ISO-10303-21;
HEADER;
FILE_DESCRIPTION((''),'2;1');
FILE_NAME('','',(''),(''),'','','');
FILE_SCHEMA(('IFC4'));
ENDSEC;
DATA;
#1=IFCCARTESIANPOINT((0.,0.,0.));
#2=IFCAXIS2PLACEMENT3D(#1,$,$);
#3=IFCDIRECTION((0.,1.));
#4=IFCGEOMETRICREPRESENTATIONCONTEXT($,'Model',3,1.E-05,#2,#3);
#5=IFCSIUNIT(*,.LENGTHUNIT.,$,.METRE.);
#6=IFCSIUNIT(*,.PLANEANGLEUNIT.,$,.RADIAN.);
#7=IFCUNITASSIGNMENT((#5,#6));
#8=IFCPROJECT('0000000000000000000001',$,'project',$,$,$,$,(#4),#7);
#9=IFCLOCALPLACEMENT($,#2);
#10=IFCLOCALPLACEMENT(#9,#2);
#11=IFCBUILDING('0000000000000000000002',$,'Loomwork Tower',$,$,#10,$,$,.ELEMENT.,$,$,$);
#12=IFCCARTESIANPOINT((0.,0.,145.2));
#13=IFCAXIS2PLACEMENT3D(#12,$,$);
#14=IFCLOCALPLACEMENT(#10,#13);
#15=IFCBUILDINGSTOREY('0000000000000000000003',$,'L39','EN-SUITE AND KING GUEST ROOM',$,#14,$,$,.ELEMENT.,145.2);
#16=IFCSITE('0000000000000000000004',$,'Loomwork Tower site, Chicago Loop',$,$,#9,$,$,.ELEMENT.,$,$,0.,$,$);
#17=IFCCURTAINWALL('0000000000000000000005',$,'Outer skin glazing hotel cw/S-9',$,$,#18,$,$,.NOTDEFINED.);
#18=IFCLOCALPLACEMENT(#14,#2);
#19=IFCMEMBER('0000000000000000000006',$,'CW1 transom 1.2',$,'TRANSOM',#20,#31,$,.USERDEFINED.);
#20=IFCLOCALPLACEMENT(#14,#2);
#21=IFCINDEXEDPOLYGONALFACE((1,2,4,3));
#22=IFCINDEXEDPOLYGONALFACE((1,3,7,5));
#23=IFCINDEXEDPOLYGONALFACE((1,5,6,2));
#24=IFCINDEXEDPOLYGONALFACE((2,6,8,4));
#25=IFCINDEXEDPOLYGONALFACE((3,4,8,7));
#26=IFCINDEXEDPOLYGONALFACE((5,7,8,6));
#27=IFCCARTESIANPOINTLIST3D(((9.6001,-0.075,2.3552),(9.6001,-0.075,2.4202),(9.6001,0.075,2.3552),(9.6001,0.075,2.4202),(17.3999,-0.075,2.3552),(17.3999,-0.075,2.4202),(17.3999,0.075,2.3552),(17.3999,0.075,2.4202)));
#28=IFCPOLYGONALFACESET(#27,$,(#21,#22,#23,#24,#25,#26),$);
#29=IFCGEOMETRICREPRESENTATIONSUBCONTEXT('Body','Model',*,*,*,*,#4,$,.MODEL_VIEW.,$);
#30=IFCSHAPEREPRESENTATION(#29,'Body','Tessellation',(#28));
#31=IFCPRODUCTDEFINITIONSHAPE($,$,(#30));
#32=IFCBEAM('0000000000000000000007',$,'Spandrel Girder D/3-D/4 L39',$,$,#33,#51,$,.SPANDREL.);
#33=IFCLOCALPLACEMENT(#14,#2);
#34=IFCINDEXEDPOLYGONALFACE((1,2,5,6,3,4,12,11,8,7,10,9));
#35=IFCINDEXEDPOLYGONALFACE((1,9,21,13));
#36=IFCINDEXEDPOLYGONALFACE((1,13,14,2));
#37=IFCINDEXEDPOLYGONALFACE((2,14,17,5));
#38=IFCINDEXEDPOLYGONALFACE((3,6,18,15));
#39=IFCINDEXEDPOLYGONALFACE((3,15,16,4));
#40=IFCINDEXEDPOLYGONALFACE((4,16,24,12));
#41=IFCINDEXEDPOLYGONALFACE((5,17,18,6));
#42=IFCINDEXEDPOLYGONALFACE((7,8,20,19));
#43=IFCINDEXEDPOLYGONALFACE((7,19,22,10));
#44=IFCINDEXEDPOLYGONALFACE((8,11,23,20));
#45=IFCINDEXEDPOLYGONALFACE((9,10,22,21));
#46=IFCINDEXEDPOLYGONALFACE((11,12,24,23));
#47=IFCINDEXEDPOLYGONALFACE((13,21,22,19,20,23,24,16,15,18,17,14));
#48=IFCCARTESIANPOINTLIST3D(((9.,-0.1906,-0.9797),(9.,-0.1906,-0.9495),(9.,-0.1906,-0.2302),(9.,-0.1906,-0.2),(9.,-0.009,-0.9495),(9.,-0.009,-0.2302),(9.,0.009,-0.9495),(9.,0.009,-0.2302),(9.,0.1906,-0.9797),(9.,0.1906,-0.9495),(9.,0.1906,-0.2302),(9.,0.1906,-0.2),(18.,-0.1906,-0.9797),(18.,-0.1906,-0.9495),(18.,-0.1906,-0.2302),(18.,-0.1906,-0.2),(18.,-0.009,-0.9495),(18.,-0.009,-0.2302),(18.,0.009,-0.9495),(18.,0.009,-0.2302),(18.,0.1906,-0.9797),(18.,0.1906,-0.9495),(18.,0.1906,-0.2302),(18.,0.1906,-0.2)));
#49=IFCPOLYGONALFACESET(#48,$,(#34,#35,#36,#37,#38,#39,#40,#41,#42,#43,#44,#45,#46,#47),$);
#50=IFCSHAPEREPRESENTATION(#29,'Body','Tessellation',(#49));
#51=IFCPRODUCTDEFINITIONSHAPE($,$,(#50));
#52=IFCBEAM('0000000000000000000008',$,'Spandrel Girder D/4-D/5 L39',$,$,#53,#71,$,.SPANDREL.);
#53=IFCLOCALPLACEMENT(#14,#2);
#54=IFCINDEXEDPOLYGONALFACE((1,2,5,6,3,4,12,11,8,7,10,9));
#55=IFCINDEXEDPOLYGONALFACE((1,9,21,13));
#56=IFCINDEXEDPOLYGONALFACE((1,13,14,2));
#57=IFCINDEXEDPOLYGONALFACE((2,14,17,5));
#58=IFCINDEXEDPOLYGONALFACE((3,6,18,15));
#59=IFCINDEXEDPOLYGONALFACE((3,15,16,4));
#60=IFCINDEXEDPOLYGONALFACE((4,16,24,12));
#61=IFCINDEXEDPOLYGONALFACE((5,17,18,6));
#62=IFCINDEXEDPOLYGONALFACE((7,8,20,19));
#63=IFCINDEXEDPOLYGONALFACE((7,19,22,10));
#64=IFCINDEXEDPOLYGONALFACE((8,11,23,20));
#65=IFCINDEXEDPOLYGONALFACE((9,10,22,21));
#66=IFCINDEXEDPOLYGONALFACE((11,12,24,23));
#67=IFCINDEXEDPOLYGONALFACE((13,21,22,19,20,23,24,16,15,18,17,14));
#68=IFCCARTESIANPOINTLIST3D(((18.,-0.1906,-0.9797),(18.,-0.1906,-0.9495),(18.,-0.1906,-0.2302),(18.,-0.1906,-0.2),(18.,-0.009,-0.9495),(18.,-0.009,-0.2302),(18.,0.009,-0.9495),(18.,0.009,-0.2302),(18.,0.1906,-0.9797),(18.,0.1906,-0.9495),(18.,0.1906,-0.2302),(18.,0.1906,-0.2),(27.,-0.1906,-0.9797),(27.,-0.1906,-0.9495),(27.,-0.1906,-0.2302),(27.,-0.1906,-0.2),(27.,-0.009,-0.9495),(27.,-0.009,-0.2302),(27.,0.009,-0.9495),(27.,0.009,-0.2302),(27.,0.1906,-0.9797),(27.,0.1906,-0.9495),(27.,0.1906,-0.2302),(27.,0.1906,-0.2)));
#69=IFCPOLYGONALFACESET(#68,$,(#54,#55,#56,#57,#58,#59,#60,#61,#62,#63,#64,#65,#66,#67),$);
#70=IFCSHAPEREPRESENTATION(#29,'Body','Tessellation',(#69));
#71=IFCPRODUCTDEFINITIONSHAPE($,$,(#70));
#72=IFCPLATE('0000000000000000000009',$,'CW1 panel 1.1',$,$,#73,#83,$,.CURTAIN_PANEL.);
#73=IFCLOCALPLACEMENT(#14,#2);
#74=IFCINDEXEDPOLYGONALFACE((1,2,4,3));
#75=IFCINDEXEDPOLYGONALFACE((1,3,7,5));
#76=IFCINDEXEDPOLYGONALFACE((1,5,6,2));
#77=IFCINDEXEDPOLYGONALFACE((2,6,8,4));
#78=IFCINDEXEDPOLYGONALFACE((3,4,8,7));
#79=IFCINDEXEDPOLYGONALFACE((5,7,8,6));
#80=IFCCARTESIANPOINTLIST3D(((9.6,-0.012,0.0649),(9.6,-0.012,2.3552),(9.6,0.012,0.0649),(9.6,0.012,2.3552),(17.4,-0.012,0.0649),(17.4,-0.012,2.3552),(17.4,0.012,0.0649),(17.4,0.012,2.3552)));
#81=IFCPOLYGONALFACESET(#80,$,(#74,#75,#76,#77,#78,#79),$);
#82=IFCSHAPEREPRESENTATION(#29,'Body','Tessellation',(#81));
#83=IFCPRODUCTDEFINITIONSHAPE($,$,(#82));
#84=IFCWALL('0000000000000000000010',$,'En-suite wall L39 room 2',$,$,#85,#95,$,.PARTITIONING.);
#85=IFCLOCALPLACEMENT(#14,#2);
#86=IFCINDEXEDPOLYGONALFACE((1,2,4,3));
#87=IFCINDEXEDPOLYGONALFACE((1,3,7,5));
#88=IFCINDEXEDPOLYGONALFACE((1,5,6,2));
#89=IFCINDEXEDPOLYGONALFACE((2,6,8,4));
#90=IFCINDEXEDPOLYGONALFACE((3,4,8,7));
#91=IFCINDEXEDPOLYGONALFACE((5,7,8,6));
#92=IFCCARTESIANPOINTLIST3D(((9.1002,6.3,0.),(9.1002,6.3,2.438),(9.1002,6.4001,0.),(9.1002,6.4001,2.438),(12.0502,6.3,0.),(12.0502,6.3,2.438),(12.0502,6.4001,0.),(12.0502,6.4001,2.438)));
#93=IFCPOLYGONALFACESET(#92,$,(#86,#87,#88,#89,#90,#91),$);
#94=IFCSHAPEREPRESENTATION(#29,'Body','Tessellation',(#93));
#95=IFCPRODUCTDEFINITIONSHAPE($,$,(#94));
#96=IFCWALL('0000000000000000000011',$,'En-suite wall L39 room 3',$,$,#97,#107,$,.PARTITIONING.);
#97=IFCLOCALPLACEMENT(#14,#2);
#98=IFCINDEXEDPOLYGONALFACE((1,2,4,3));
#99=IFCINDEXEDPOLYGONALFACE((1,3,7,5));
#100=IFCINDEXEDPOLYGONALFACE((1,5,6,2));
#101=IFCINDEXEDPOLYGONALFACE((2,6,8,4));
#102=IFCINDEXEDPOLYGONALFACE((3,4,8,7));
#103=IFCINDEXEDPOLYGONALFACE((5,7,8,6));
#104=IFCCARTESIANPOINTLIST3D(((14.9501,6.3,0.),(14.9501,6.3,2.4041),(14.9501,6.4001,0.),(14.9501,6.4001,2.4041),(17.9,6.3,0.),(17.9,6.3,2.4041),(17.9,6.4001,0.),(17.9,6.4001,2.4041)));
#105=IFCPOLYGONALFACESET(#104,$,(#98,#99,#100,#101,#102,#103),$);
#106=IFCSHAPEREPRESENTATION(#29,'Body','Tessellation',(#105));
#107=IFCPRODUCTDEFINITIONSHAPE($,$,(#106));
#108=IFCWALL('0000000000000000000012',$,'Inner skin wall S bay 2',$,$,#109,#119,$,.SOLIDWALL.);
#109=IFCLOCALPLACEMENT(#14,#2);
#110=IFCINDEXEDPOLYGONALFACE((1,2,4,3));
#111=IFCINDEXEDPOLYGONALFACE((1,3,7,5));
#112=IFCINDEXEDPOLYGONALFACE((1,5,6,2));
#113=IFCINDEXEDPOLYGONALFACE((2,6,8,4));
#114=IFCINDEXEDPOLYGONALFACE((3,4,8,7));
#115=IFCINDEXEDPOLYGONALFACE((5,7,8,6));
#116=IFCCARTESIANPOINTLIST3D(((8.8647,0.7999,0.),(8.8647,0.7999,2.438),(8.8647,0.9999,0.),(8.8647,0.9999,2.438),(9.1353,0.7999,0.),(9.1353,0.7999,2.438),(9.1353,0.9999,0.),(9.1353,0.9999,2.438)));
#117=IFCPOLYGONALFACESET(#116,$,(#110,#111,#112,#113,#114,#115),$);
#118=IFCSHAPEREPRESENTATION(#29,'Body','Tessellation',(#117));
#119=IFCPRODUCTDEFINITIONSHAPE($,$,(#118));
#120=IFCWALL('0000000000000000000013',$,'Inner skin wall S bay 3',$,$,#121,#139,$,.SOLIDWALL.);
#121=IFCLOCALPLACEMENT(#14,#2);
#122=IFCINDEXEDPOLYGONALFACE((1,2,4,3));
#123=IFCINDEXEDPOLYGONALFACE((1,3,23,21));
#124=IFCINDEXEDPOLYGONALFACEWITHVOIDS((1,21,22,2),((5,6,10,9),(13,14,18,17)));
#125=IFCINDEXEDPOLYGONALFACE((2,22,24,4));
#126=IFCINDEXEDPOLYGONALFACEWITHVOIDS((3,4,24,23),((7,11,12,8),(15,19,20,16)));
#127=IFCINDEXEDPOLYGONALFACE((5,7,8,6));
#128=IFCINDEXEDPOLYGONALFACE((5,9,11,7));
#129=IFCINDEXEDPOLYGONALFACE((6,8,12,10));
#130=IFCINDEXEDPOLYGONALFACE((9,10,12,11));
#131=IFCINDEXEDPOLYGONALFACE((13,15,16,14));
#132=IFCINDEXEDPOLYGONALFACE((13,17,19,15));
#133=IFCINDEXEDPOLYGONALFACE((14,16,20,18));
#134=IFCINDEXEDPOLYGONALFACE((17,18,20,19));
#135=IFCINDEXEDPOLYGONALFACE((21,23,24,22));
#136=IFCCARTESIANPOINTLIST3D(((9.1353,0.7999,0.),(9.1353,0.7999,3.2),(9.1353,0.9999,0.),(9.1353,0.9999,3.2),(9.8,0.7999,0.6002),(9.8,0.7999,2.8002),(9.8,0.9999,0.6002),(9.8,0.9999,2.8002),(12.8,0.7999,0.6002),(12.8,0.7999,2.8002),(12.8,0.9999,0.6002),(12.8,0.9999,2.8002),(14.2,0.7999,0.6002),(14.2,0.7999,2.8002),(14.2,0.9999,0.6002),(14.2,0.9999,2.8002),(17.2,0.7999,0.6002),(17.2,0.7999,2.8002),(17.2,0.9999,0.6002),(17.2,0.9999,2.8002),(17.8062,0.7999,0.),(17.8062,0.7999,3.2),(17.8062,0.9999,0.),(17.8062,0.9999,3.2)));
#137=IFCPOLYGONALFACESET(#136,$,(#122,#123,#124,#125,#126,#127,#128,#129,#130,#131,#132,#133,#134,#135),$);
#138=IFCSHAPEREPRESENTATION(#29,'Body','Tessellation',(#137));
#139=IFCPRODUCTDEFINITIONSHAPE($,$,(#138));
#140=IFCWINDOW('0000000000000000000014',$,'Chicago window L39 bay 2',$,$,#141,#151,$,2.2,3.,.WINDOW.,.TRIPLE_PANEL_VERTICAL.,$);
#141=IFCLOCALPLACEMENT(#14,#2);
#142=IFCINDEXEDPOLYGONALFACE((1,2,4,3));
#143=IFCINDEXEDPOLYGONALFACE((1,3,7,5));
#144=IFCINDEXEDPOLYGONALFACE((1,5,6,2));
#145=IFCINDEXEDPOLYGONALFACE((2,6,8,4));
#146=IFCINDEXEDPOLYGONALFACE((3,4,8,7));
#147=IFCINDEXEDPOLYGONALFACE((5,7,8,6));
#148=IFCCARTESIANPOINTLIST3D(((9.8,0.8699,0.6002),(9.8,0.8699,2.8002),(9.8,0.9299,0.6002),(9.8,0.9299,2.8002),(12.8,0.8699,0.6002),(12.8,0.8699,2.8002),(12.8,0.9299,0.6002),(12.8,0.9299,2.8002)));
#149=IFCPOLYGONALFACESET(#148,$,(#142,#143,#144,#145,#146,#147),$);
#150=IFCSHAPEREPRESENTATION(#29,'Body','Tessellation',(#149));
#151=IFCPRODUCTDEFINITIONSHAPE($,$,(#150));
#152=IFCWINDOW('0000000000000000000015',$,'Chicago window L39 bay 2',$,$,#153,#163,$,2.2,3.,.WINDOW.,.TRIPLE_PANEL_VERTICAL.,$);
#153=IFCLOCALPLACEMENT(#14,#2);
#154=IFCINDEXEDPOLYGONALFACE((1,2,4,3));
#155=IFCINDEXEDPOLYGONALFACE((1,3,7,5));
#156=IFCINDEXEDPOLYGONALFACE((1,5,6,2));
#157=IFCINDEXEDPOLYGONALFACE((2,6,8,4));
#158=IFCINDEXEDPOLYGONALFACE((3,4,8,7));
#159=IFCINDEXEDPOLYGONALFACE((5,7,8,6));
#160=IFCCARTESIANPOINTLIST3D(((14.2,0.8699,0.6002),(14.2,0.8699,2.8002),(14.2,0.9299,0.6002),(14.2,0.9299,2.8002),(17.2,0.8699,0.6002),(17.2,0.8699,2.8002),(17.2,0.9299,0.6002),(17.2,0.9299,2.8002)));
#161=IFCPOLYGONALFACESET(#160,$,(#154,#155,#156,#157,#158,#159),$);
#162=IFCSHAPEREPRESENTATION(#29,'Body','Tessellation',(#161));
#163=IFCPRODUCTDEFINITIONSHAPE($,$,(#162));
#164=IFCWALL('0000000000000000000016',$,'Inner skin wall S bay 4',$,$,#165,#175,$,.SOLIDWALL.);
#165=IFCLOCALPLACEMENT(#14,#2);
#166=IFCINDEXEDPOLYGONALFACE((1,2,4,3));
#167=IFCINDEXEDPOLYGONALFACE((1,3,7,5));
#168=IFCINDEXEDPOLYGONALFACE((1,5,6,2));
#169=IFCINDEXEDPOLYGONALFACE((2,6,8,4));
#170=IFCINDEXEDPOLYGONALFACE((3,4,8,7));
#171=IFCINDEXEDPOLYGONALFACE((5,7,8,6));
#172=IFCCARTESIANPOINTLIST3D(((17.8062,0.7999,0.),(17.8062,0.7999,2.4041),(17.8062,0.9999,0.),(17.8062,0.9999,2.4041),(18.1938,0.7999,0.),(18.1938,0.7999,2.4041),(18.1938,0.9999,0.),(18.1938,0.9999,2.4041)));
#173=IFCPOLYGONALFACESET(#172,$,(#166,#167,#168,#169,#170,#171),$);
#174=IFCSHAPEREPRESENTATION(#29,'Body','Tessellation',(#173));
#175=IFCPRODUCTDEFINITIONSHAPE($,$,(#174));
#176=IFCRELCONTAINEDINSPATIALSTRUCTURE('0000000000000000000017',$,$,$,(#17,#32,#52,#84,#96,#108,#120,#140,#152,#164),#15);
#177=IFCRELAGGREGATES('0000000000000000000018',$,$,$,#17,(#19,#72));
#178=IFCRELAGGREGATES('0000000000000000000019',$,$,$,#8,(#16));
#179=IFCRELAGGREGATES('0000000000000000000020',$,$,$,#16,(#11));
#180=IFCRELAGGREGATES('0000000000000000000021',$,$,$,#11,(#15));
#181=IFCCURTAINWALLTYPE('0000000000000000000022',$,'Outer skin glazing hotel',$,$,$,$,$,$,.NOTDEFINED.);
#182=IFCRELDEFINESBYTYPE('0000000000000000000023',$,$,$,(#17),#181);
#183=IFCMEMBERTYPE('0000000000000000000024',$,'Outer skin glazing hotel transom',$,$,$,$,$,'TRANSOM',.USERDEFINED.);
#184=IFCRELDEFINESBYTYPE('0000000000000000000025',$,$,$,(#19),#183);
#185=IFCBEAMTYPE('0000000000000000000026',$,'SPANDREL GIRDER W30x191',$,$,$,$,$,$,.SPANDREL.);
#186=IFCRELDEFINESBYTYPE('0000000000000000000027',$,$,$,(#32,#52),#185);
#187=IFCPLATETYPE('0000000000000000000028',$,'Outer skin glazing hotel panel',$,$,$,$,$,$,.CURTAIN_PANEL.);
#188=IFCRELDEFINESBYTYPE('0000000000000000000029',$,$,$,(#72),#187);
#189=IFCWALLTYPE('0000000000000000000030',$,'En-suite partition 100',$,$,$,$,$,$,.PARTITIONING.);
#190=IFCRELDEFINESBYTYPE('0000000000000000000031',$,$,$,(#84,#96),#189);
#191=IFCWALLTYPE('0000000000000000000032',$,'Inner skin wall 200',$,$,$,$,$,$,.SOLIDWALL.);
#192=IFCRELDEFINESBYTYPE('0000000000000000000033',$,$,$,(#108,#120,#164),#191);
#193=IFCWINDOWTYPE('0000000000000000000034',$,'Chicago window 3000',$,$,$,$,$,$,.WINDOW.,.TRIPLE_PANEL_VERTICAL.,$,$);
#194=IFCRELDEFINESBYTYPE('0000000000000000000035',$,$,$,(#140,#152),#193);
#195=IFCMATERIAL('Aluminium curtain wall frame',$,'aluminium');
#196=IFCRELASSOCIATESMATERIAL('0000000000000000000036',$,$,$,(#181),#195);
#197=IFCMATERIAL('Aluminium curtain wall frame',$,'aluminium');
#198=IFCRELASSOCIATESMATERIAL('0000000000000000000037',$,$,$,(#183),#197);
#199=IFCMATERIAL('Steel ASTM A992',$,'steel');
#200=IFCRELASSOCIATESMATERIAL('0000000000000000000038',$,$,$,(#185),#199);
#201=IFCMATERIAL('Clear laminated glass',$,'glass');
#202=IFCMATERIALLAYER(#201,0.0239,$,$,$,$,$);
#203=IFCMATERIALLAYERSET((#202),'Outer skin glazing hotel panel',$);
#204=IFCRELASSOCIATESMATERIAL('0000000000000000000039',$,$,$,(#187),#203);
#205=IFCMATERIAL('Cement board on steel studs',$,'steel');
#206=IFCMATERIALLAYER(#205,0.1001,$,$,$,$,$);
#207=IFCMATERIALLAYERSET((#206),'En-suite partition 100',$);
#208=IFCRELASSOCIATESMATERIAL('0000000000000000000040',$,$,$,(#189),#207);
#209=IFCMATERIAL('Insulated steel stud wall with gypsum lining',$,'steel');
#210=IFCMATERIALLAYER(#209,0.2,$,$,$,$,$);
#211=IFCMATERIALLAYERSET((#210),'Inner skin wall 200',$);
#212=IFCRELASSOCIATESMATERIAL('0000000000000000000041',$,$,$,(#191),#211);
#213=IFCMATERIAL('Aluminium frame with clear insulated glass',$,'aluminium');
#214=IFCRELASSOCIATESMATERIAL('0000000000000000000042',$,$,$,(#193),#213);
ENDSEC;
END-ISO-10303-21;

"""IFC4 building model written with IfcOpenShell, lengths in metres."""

from ifc_helpers import new_model, si_unit, direction, frame, frame_2d, origin, origin_2d, place, context, subcontext, project, spatial, rectangle, i_section, extrude, material, layer, layer_set, material_profile, profile_set, type_object, element, fill, aggregate, save


model = new_model("IFC4")

# Units and contexts
model_context = context("Model", 3, precision=1e-05, world=origin(), true_north=direction((0.0, 1.0)))
body_context = subcontext(model_context, "Body", "Model", "MODEL_VIEW")
ifc_project = project(units=[si_unit("LENGTHUNIT", "METRE"), si_unit("PLANEANGLEUNIT", "RADIAN")], contexts=[model_context])

# Site, building, storey
site_placement = place(None, origin())
site = spatial("IfcSite", under=ifc_project, at=site_placement, Name="Loomwork Tower site, Chicago Loop", CompositionType="ELEMENT", RefElevation=0.0)
building_placement = place(site_placement, origin())
building = spatial("IfcBuilding", under=site, at=building_placement, Name="Loomwork Tower", CompositionType="ELEMENT")
storey_placement = place(building_placement, frame((0.0, 0.0, 145.2)))
storey = spatial("IfcBuildingStorey", under=building, at=storey_placement, Name="L39", Description="EN-SUITE AND KING GUEST ROOM", CompositionType="ELEMENT", Elevation=145.2)

# Shared definitions
ifc_material_1 = material(Name="Aluminium curtain wall frame", Category="aluminium")
curtain_wall_type = type_object("IfcCurtainWallType", Name="Outer skin glazing hotel", PredefinedType="NOTDEFINED", material=ifc_material_1)

# Curtain wall, member
curtain_wall_1_placement = place(storey_placement, origin())
curtain_wall_1 = element("IfcCurtainWall", 1, at=curtain_wall_1_placement, inside=storey, type_object=curtain_wall_type, Name="Outer skin glazing hotel cw/S-9", PredefinedType="NOTDEFINED")
ifc_material_2 = material(Name="Aluminium curtain wall frame", Category="aluminium")
ifc_material_profile_1 = material_profile(ifc_material_2, rectangle(XDim=0.1499, YDim=0.0649, at=origin_2d()), Name="AL 65x150")
ifc_profile_set_1 = profile_set([ifc_material_profile_1], Name="Aluminium curtain wall frame")
member_type_1 = type_object("IfcMemberType", Name="Outer skin glazing hotel transom", ElementType="TRANSOM", PredefinedType="USERDEFINED", material=ifc_profile_set_1)
member_1_placement = place(storey_placement, frame((9.6001, 0.0, 2.3877), z_axis=(1.0, 0.0, 0.0), x_axis=(0.0, 1.0, 0.0)))
member_1 = element("IfcMember", 2, at=member_1_placement, type_object=member_type_1, Name="CW1 transom 1.2", ObjectType="TRANSOM", PredefinedType="USERDEFINED", context=body_context, shape_type="SweptSolid", body=[
    extrude(rectangle(XDim=0.1499, YDim=0.0649, at=origin_2d()), origin(), (0.0, 0.0, 1.0), 7.7998),
])

# Beams
ifc_material_3 = material(Name="Steel ASTM A992", Category="steel")
ifc_material_profile_2 = material_profile(ifc_material_3, i_section(OverallWidth=0.3811, OverallDepth=0.7798, WebThickness=0.0181, FlangeThickness=0.0303, at=origin_2d()), Name="W30x191")
ifc_profile_set_2 = profile_set([ifc_material_profile_2], Name="Steel ASTM A992")
beam_type_1 = type_object("IfcBeamType", Name="SPANDREL GIRDER W30x191", PredefinedType="SPANDREL", material=ifc_profile_set_2)
for number, where, z_axis, x_axis, name in (
    (3, (9.0, 0.0, -0.5898), (1.0, 0.0, 0.0), (0.0, 1.0, 0.0), "Spandrel Girder D/3-D/4 L39"),
    (4, (18.0, 0.0, -0.5898), (1.0, 0.0, 0.0), (0.0, 1.0, 0.0), "Spandrel Girder D/4-D/5 L39"),
):
    element("IfcBeam", number, at=place(storey_placement, frame(where, z_axis=z_axis, x_axis=x_axis)), inside=storey, type_object=beam_type_1, Name=name, PredefinedType="SPANDREL", context=body_context, shape_type="SweptSolid", body=[
        extrude(i_section(OverallWidth=0.3811, OverallDepth=0.7798, WebThickness=0.0181, FlangeThickness=0.0303, at=origin_2d()), origin(), (0.0, 0.0, 1.0), 9.0),
    ])

# Plate
ifc_material_4 = material(Name="Clear laminated glass", Category="glass")
ifc_layer_1 = layer(ifc_material_4, 0.0239)
ifc_layer_set_1 = layer_set([ifc_layer_1], Name="Outer skin glazing hotel panel")
plate_type = type_object("IfcPlateType", Name="Outer skin glazing hotel panel", PredefinedType="CURTAIN_PANEL", material=ifc_layer_set_1)
plate_placement = place(storey_placement, frame((13.5, 0.0, 0.0649), z_axis=(0.0, 0.0, 1.0), x_axis=(1.0, 0.0, 0.0)))
plate = element("IfcPlate", 5, at=plate_placement, type_object=plate_type, Name="CW1 panel 1.1", PredefinedType="CURTAIN_PANEL", context=body_context, shape_type="SweptSolid", body=[
    extrude(rectangle(XDim=7.8, YDim=0.0239, at=origin_2d()), origin(), (0.0, 0.0, 1.0), 2.2903),
])
aggregate(curtain_wall_1, [member_1, plate])

# Walls
ifc_material_5 = material(Name="Cement board on steel studs", Category="steel")
ifc_layer_2 = layer(ifc_material_5, 0.1001)
ifc_layer_set_2 = layer_set([ifc_layer_2], Name="En-suite partition 100")
wall_type_1 = type_object("IfcWallType", Name="En-suite partition 100", PredefinedType="PARTITIONING", material=ifc_layer_set_2)
wall_1_placement = place(storey_placement, frame((9.1001, 6.3501, 0.0), z_axis=(0.0, 0.0, 1.0), x_axis=(1.0, 0.0, 0.0)))
element("IfcWall", 6, at=wall_1_placement, inside=storey, type_object=wall_type_1, Name="En-suite wall L39 room 2", PredefinedType="PARTITIONING", context=body_context, shape_type="SweptSolid", body=[
    extrude(rectangle(XDim=2.95, YDim=0.1001, at=frame_2d((1.4751, 0.0))), origin(), (0.0, 0.0, 1.0), 2.438),
])
wall_2_placement = place(storey_placement, frame((14.95, 6.3501, 0.0), z_axis=(0.0, 0.0, 1.0), x_axis=(1.0, 0.0, 0.0)))
element("IfcWall", 7, at=wall_2_placement, inside=storey, type_object=wall_type_1, Name="En-suite wall L39 room 3", PredefinedType="PARTITIONING", context=body_context, shape_type="SweptSolid", body=[
    extrude(rectangle(XDim=2.95, YDim=0.1001, at=frame_2d((1.4751, 0.0))), origin(), (0.0, 0.0, 1.0), 2.4041),
])
ifc_material_6 = material(Name="Insulated steel stud wall with gypsum lining", Category="steel")
ifc_layer_3 = layer(ifc_material_6, 0.2)
ifc_layer_set_3 = layer_set([ifc_layer_3], Name="Inner skin wall 200")
wall_type_2 = type_object("IfcWallType", Name="Inner skin wall 200", PredefinedType="SOLIDWALL", material=ifc_layer_set_3)
wall_3_placement = place(storey_placement, frame((8.8647, 0.8999, 0.0), z_axis=(0.0, 0.0, 1.0), x_axis=(1.0, 0.0, 0.0)))
element("IfcWall", 8, at=wall_3_placement, inside=storey, type_object=wall_type_2, Name="Inner skin wall S bay 2", PredefinedType="SOLIDWALL", context=body_context, shape_type="SweptSolid", body=[
    extrude(rectangle(XDim=0.2705, YDim=0.2, at=frame_2d((0.1353, 0.0))), origin(), (0.0, 0.0, 1.0), 2.438),
])

# Wall, openings, windows
wall_4_placement = place(storey_placement, frame((9.1353, 0.8999, 0.0), z_axis=(0.0, 0.0, 1.0), x_axis=(1.0, 0.0, 0.0)))
wall_4 = element("IfcWall", 9, at=wall_4_placement, inside=storey, type_object=wall_type_2, Name="Inner skin wall S bay 3", PredefinedType="SOLIDWALL", context=body_context, shape_type="SweptSolid", body=[
    extrude(rectangle(XDim=8.6709, YDim=0.2, at=frame_2d((4.3354, 0.0))), origin(), (0.0, 0.0, 1.0), 3.2),
])
opening_1_placement = place(wall_4_placement, frame((0.6648, 0.0, 0.6001)))
opening_1 = element("IfcOpeningElement", 10, at=opening_1_placement, cuts=wall_4, PredefinedType="OPENING", context=body_context, shape_type="SweptSolid", body=[
    extrude(rectangle(XDim=3.0, YDim=2.2, at=frame_2d((1.5, 1.1001))), frame((0.0, 0.1099, 0.0), z_axis=(0.0, -1.0, 0.0), x_axis=(1.0, 0.0, 0.0)), (0.0, 0.0, 1.0), 0.22),
])
opening_2_placement = place(wall_4_placement, frame((5.0647, 0.0, 0.6001)))
opening_2 = element("IfcOpeningElement", 11, at=opening_2_placement, cuts=wall_4, PredefinedType="OPENING", context=body_context, shape_type="SweptSolid", body=[
    extrude(rectangle(XDim=3.0, YDim=2.2, at=frame_2d((1.5, 1.1001))), frame((0.0, 0.1099, 0.0), z_axis=(0.0, -1.0, 0.0), x_axis=(1.0, 0.0, 0.0)), (0.0, 0.0, 1.0), 0.22),
])
ifc_material_7 = material(Name="Aluminium frame with clear insulated glass", Category="aluminium")
window_type = type_object("IfcWindowType", Name="Chicago window 3000", PartitioningType="TRIPLE_PANEL_VERTICAL", PredefinedType="WINDOW", material=ifc_material_7)
window_1_placement = place(opening_1_placement, origin())
window_1 = element("IfcWindow", 12, at=window_1_placement, inside=storey, type_object=window_type, Name="Chicago window L39 bay 2", OverallHeight=2.2, OverallWidth=3.0, PartitioningType="TRIPLE_PANEL_VERTICAL", PredefinedType="WINDOW", context=body_context, shape_type="SweptSolid", body=[
    extrude(rectangle(XDim=3.0, YDim=2.2, at=frame_2d((1.5, 1.1001))), frame((0.0, 0.03, 0.0), z_axis=(0.0, -1.0, 0.0), x_axis=(1.0, 0.0, 0.0)), (0.0, 0.0, 1.0), 0.0601),
])
fill(opening_1, window_1)
window_2_placement = place(opening_2_placement, origin())
window_2 = element("IfcWindow", 13, at=window_2_placement, inside=storey, type_object=window_type, Name="Chicago window L39 bay 2", OverallHeight=2.2, OverallWidth=3.0, PartitioningType="TRIPLE_PANEL_VERTICAL", PredefinedType="WINDOW", context=body_context, shape_type="SweptSolid", body=[
    extrude(rectangle(XDim=3.0, YDim=2.2, at=frame_2d((1.5, 1.1001))), frame((0.0, 0.03, 0.0), z_axis=(0.0, -1.0, 0.0), x_axis=(1.0, 0.0, 0.0)), (0.0, 0.0, 1.0), 0.0601),
])
fill(opening_2, window_2)

# Wall
wall_5_placement = place(storey_placement, frame((17.8062, 0.8999, 0.0), z_axis=(0.0, 0.0, 1.0), x_axis=(1.0, 0.0, 0.0)))
element("IfcWall", 14, at=wall_5_placement, inside=storey, type_object=wall_type_2, Name="Inner skin wall S bay 4", PredefinedType="SOLIDWALL", context=body_context, shape_type="SweptSolid", body=[
    extrude(rectangle(XDim=0.3877, YDim=0.2, at=frame_2d((0.1938, 0.0))), origin(), (0.0, 0.0, 1.0), 2.4041),
])

save(model, "model.ifc")
